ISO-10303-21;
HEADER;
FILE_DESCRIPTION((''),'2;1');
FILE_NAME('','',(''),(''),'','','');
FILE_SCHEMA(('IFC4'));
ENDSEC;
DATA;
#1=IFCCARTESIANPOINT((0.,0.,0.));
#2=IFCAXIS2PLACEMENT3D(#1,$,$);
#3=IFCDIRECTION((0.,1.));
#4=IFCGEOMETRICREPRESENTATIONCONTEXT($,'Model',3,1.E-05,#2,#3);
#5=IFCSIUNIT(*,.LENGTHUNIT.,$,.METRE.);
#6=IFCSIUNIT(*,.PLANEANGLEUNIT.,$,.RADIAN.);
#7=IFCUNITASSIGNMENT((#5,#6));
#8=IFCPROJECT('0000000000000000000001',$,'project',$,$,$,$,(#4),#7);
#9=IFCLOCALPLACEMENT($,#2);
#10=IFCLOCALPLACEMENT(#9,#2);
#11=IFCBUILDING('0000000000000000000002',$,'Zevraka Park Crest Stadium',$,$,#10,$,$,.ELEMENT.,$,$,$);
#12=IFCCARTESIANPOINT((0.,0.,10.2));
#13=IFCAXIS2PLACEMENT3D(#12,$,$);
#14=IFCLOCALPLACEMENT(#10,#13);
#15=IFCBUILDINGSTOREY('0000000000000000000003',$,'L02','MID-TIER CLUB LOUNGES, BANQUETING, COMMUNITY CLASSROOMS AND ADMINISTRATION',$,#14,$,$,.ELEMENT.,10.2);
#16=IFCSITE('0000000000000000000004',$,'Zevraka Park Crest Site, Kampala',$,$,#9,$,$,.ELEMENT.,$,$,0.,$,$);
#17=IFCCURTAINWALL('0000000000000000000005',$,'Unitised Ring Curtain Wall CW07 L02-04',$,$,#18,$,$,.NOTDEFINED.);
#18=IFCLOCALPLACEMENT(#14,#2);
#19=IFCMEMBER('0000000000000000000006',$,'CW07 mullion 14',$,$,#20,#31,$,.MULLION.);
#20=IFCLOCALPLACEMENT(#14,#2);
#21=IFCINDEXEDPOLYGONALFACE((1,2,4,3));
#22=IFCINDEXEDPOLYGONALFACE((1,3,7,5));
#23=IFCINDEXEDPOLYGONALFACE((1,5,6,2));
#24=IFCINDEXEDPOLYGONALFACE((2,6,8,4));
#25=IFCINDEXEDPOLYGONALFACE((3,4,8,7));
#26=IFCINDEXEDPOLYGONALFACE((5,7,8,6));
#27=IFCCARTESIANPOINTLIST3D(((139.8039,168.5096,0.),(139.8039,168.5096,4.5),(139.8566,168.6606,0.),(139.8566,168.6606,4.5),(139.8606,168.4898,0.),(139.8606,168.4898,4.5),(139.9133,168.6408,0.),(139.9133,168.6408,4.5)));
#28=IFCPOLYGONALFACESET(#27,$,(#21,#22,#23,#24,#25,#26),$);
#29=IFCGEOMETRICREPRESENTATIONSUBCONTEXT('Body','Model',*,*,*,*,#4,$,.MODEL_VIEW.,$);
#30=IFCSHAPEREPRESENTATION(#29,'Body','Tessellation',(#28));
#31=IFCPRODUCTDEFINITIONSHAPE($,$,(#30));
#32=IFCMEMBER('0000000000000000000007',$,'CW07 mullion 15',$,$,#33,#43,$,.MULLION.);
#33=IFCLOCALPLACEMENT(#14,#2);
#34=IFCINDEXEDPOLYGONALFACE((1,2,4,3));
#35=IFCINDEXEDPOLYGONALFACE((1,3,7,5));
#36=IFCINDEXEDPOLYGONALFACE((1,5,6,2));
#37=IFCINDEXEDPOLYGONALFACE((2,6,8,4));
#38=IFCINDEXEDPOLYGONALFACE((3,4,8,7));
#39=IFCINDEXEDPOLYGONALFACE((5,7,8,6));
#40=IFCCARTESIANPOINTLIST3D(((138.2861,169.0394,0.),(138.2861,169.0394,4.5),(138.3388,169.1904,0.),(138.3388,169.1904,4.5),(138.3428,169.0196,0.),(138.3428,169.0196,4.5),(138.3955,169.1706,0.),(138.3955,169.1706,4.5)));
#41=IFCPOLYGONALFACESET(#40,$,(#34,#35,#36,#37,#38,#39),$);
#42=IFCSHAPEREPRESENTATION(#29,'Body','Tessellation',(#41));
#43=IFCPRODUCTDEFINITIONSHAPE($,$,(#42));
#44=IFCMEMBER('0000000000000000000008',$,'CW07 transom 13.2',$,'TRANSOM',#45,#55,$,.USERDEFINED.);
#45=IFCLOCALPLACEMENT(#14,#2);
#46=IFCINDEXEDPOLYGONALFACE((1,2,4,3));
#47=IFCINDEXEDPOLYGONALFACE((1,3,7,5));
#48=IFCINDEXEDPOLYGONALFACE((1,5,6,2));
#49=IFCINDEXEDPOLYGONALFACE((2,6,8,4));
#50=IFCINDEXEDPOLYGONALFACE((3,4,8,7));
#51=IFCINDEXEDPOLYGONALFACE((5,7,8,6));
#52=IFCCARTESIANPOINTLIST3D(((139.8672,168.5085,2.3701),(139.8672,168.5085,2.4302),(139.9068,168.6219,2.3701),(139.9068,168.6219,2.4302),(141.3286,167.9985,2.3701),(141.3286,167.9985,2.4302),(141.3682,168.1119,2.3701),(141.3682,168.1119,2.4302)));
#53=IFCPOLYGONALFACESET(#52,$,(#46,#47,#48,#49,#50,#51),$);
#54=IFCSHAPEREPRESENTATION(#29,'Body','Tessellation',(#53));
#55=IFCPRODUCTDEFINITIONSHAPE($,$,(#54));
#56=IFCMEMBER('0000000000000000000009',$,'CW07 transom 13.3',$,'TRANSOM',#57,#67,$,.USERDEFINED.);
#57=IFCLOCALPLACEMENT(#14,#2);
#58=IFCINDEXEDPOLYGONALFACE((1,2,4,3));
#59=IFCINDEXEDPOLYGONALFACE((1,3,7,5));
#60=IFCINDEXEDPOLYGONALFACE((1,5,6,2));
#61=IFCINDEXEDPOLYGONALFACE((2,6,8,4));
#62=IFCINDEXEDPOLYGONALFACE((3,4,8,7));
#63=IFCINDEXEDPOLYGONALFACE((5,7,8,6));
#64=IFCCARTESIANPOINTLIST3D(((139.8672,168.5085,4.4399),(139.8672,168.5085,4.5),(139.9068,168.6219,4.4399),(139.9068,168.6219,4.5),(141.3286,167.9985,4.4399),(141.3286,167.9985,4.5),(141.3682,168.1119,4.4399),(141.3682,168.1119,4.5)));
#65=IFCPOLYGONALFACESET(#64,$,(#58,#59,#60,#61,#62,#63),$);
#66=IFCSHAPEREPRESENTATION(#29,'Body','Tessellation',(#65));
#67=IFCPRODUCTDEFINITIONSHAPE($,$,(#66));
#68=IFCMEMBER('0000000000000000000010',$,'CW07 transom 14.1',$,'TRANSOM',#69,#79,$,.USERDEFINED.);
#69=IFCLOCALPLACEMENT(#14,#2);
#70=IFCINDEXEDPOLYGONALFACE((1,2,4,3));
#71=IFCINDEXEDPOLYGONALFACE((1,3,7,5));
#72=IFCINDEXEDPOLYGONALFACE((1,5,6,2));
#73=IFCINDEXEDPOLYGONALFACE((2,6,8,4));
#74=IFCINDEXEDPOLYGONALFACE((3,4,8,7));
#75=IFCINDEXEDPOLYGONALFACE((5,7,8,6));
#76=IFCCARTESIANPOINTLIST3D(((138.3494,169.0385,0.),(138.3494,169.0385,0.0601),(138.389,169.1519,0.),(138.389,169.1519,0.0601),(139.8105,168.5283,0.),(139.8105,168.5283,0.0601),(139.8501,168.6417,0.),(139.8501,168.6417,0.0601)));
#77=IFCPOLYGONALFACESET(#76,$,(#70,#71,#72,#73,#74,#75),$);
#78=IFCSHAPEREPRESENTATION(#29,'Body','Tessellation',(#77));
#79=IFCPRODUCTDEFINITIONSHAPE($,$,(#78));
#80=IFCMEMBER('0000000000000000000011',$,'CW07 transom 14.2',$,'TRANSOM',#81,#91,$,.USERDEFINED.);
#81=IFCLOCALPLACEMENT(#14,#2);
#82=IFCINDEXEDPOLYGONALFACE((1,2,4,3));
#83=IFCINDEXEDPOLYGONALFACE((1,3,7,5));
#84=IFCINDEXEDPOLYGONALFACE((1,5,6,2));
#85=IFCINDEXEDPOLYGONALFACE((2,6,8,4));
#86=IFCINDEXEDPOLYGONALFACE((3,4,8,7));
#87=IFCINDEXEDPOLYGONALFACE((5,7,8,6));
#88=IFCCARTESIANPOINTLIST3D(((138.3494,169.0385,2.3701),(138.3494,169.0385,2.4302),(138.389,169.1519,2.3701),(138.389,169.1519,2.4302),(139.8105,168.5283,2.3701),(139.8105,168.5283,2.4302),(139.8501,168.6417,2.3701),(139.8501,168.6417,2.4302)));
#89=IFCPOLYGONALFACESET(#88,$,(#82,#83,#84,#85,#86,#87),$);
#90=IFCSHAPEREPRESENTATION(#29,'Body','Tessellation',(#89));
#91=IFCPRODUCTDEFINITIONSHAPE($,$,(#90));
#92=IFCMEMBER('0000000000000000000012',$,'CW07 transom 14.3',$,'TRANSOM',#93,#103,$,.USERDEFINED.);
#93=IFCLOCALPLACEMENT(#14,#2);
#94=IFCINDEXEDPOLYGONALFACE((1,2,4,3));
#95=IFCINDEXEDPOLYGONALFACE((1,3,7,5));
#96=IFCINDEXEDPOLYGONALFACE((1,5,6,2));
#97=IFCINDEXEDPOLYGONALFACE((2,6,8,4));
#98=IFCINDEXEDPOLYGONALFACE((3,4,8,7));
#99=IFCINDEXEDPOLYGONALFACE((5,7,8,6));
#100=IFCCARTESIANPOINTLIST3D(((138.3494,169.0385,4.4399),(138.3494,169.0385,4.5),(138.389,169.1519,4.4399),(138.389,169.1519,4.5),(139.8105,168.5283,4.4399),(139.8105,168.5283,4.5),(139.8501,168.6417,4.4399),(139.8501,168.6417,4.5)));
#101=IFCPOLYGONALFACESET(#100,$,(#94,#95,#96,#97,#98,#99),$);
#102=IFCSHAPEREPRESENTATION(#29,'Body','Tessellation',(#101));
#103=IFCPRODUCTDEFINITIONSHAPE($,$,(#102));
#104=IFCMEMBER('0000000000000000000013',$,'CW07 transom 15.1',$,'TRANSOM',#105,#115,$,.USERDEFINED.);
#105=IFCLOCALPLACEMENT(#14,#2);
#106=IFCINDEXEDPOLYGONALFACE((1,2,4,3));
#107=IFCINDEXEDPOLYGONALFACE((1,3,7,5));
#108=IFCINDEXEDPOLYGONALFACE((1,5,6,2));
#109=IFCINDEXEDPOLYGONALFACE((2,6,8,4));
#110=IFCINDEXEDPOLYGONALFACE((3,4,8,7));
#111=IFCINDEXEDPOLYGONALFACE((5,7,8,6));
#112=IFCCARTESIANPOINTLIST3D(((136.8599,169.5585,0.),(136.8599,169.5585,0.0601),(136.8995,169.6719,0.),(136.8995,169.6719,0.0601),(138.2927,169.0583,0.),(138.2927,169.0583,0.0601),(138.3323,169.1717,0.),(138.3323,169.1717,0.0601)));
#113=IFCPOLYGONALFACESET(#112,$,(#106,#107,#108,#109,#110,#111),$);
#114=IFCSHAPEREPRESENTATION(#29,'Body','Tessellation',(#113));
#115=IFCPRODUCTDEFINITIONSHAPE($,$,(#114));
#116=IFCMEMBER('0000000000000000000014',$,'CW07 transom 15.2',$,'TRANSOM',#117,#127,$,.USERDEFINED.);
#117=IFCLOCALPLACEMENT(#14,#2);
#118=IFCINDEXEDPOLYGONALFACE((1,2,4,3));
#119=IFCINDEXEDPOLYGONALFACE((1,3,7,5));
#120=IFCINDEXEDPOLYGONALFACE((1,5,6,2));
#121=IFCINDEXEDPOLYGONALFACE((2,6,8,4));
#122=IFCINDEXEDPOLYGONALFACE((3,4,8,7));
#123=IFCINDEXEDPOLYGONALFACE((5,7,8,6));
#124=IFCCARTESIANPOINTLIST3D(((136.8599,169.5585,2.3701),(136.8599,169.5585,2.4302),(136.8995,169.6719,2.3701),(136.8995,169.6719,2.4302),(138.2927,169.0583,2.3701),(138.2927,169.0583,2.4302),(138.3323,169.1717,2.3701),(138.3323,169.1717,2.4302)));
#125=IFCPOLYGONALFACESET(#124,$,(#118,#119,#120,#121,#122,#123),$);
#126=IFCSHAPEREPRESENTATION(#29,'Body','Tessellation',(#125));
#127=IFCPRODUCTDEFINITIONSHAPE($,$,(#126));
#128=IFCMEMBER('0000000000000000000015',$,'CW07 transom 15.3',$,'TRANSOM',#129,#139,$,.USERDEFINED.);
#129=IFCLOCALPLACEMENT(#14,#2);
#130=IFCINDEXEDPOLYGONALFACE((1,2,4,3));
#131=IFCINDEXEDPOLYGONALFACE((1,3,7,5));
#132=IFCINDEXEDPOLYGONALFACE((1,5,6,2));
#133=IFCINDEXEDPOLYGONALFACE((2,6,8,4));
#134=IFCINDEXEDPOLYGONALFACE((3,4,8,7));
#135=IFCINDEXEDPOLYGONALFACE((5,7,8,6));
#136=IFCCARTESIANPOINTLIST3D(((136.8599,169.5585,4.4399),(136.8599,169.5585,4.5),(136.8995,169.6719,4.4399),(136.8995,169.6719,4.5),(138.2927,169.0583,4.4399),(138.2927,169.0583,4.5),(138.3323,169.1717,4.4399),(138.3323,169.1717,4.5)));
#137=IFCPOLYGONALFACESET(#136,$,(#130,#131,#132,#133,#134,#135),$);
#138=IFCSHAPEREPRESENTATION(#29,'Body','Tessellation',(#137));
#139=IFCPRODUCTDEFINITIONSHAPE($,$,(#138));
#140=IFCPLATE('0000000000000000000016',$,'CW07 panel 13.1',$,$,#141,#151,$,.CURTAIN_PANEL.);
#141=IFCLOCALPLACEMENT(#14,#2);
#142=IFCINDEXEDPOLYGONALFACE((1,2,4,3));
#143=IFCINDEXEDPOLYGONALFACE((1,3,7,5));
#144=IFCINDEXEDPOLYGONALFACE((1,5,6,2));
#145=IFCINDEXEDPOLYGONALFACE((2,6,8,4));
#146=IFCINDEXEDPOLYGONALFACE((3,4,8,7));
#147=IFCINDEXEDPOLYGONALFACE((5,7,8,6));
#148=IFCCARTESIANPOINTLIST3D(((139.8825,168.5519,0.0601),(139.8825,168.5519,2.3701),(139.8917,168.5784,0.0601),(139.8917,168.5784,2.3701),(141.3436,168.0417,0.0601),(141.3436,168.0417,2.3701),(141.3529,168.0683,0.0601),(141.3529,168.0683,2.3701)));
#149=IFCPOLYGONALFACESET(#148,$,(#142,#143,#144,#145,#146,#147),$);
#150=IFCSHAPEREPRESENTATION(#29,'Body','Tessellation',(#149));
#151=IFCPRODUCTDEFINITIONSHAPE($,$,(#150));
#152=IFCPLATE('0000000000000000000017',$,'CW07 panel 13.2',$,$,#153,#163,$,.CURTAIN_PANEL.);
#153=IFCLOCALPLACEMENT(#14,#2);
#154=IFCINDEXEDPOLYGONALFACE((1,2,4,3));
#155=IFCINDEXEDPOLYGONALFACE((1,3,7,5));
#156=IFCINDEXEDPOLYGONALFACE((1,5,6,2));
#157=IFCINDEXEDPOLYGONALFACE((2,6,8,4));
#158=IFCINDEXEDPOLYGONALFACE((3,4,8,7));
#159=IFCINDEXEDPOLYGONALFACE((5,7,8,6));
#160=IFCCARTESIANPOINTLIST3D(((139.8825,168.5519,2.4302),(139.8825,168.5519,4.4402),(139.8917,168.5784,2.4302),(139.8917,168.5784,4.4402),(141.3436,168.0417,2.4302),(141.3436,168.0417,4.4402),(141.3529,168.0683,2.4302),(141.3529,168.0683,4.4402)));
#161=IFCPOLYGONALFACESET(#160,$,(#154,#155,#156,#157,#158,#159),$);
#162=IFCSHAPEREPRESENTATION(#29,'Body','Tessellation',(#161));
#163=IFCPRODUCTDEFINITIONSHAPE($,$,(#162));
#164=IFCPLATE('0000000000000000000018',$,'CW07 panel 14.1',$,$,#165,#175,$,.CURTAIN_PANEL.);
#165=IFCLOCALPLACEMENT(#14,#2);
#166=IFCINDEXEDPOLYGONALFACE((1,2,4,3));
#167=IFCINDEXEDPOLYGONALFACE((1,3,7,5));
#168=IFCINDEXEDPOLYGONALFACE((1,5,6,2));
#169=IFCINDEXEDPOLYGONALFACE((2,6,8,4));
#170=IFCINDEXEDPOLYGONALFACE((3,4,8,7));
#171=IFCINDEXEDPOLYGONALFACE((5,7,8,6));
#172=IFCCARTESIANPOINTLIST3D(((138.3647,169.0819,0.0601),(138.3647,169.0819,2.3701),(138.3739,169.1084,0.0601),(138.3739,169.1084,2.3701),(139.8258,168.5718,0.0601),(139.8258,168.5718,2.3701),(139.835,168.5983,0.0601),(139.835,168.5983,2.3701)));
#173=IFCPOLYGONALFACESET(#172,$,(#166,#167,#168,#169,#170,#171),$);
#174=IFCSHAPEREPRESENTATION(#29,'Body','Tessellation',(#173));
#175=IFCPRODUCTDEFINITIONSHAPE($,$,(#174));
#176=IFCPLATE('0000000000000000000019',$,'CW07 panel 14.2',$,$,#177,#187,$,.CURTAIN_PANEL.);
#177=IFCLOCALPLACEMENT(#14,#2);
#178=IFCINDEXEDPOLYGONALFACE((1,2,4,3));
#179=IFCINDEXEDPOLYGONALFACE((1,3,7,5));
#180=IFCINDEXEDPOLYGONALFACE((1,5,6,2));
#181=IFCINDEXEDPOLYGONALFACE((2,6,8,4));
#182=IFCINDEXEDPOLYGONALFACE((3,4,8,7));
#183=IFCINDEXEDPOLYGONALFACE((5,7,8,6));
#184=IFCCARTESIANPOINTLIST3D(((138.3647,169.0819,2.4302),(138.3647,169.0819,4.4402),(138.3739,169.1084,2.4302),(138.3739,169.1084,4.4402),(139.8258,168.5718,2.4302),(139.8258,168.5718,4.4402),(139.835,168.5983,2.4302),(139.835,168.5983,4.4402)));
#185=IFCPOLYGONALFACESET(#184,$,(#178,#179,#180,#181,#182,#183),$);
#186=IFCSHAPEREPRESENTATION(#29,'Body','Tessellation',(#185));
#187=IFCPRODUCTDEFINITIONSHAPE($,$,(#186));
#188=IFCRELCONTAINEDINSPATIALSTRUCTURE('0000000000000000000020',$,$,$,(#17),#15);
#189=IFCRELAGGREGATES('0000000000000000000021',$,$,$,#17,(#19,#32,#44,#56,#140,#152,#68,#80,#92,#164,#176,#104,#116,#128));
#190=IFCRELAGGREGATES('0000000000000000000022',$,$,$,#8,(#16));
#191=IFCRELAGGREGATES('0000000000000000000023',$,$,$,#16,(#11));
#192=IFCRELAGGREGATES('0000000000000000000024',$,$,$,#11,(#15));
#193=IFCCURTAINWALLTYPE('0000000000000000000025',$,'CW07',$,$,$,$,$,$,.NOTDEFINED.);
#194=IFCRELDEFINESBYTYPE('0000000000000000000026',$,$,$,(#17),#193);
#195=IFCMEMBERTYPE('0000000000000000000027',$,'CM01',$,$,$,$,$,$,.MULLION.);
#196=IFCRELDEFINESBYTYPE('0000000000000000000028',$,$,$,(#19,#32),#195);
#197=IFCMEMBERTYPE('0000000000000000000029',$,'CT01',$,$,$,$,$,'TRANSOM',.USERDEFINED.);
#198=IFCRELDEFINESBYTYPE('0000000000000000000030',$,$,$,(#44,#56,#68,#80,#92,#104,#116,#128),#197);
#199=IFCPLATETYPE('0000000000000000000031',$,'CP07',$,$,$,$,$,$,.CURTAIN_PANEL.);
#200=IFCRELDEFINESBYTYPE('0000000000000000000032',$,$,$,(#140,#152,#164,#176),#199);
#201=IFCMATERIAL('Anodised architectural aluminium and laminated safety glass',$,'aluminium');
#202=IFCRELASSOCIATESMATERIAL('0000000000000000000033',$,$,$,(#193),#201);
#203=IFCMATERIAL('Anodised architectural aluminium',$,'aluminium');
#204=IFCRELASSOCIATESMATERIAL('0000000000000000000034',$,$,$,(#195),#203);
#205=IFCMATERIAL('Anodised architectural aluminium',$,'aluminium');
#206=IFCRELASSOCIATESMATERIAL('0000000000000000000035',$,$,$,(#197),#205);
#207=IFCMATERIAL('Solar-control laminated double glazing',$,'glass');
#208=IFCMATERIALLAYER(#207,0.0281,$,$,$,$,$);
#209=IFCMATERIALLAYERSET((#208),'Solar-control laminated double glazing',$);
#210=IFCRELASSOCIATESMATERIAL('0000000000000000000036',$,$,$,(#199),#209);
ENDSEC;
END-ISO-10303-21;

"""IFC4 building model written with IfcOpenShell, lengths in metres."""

from ifc_helpers import new_model, si_unit, direction, frame, origin, origin_2d, place, context, subcontext, project, spatial, rectangle, extrude, material, layer, layer_set, material_profile, profile_set, type_object, element, aggregate, save


model = new_model("IFC4")

# Units and contexts
model_context = context("Model", 3, precision=1e-05, world=origin(), true_north=direction((0.0, 1.0)))
body_context = subcontext(model_context, "Body", "Model", "MODEL_VIEW")
ifc_project = project(units=[si_unit("LENGTHUNIT", "METRE"), si_unit("PLANEANGLEUNIT", "RADIAN")], contexts=[model_context])

# Site, building, storey
site_placement = place(None, origin())
site = spatial("IfcSite", under=ifc_project, at=site_placement, Name="Zevraka Park Crest Site, Kampala", CompositionType="ELEMENT", RefElevation=0.0)
building_placement = place(site_placement, origin())
building = spatial("IfcBuilding", under=site, at=building_placement, Name="Zevraka Park Crest Stadium", CompositionType="ELEMENT")
storey_placement = place(building_placement, frame((0.0, 0.0, 10.2)))
storey = spatial("IfcBuildingStorey", under=building, at=storey_placement, Name="L02", Description="MID-TIER CLUB LOUNGES, BANQUETING, COMMUNITY CLASSROOMS AND ADMINISTRATION", CompositionType="ELEMENT", Elevation=10.2)

# Curtain wall, members, plates
ifc_material_1 = material(Name="Anodised architectural aluminium and laminated safety glass", Category="aluminium")
curtain_wall_type = type_object("IfcCurtainWallType", Name="CW07", PredefinedType="NOTDEFINED", material=ifc_material_1)
curtain_wall_placement = place(storey_placement, origin())
curtain_wall = element("IfcCurtainWall", 1, at=curtain_wall_placement, inside=storey, type_object=curtain_wall_type, Name="Unitised Ring Curtain Wall CW07 L02-04", PredefinedType="NOTDEFINED")
ifc_material_2 = material(Name="Anodised architectural aluminium", Category="aluminium")
ifc_material_profile_1 = material_profile(ifc_material_2, rectangle(XDim=0.1599, YDim=0.0601, at=origin_2d()), Name="ALU MULLION 160x60")
ifc_profile_set_1 = profile_set([ifc_material_profile_1], Name="Anodised architectural aluminium")
member_type_1 = type_object("IfcMemberType", Name="CM01", PredefinedType="MULLION", material=ifc_profile_set_1)
member_1_placement = place(storey_placement, frame((139.8586, 168.5752, 0.0), z_axis=(0.0, 0.0, 1.0), x_axis=(-0.329619, -0.944114, 0.0)))
member_1 = element("IfcMember", 2, at=member_1_placement, type_object=member_type_1, Name="CW07 mullion 14", PredefinedType="MULLION", context=body_context, shape_type="SweptSolid", body=[
    extrude(rectangle(XDim=0.1599, YDim=0.0601, at=origin_2d()), origin(), (0.0, 0.0, 1.0), 4.5),
])
member_2_placement = place(storey_placement, frame((138.3408, 169.105, 0.0), z_axis=(0.0, 0.0, 1.0), x_axis=(-0.329619, -0.944114, 0.0)))
member_2 = element("IfcMember", 3, at=member_2_placement, type_object=member_type_1, Name="CW07 mullion 15", PredefinedType="MULLION", context=body_context, shape_type="SweptSolid", body=[
    extrude(rectangle(XDim=0.1599, YDim=0.0601, at=origin_2d()), origin(), (0.0, 0.0, 1.0), 4.5),
])
ifc_material_3 = material(Name="Anodised architectural aluminium", Category="aluminium")
ifc_material_profile_2 = material_profile(ifc_material_3, rectangle(XDim=0.1201, YDim=0.0601, at=origin_2d()), Name="ALU TRANSOM 120x60")
ifc_profile_set_2 = profile_set([ifc_material_profile_2], Name="Anodised architectural aluminium")
member_type_2 = type_object("IfcMemberType", Name="CT01", ElementType="TRANSOM", PredefinedType="USERDEFINED", material=ifc_profile_set_2)
member_3_placement = place(storey_placement, frame((141.3484, 168.0552, 2.4001), z_axis=(-0.944158, 0.329493, 0.0), x_axis=(-0.329493, -0.944158, 0.0)))
member_3 = element("IfcMember", 4, at=member_3_placement, type_object=member_type_2, Name="CW07 transom 13.2", ObjectType="TRANSOM", PredefinedType="USERDEFINED", context=body_context, shape_type="SweptSolid", body=[
    extrude(rectangle(XDim=0.1201, YDim=0.0601, at=origin_2d()), origin(), (0.0, 0.0, 1.0), 1.5479),
])
member_4_placement = place(storey_placement, frame((141.3484, 168.0552, 4.47), z_axis=(-0.944158, 0.329493, 0.0), x_axis=(-0.329493, -0.944158, 0.0)))
member_4 = element("IfcMember", 5, at=member_4_placement, type_object=member_type_2, Name="CW07 transom 13.3", ObjectType="TRANSOM", PredefinedType="USERDEFINED", context=body_context, shape_type="SweptSolid", body=[
    extrude(rectangle(XDim=0.1201, YDim=0.0601, at=origin_2d()), origin(), (0.0, 0.0, 1.0), 1.5479),
])
member_5_placement = place(storey_placement, frame((139.8303, 168.585, 0.03), z_axis=(-0.944092, 0.329683, 0.0), x_axis=(-0.329683, -0.944092, 0.0)))
member_5 = element("IfcMember", 6, at=member_5_placement, type_object=member_type_2, Name="CW07 transom 14.1", ObjectType="TRANSOM", PredefinedType="USERDEFINED", context=body_context, shape_type="SweptSolid", body=[
    extrude(rectangle(XDim=0.1201, YDim=0.0601, at=origin_2d()), origin(), (0.0, 0.0, 1.0), 1.5476),
])
member_6_placement = place(storey_placement, frame((139.8303, 168.585, 2.4001), z_axis=(-0.944092, 0.329683, 0.0), x_axis=(-0.329683, -0.944092, 0.0)))
member_6 = element("IfcMember", 7, at=member_6_placement, type_object=member_type_2, Name="CW07 transom 14.2", ObjectType="TRANSOM", PredefinedType="USERDEFINED", context=body_context, shape_type="SweptSolid", body=[
    extrude(rectangle(XDim=0.1201, YDim=0.0601, at=origin_2d()), origin(), (0.0, 0.0, 1.0), 1.5476),
])
member_7_placement = place(storey_placement, frame((139.8303, 168.585, 4.47), z_axis=(-0.944092, 0.329683, 0.0), x_axis=(-0.329683, -0.944092, 0.0)))
member_7 = element("IfcMember", 8, at=member_7_placement, type_object=member_type_2, Name="CW07 transom 14.3", ObjectType="TRANSOM", PredefinedType="USERDEFINED", context=body_context, shape_type="SweptSolid", body=[
    extrude(rectangle(XDim=0.1201, YDim=0.0601, at=origin_2d()), origin(), (0.0, 0.0, 1.0), 1.5476),
])
member_8_placement = place(storey_placement, frame((138.3125, 169.115, 0.03), z_axis=(-0.944116, 0.329612, 0.0), x_axis=(-0.329612, -0.944116, 0.0)))
member_8 = element("IfcMember", 9, at=member_8_placement, type_object=member_type_2, Name="CW07 transom 15.1", ObjectType="TRANSOM", PredefinedType="USERDEFINED", context=body_context, shape_type="SweptSolid", body=[
    extrude(rectangle(XDim=0.1201, YDim=0.0601, at=origin_2d()), origin(), (0.0, 0.0, 1.0), 1.5176),
])
member_9_placement = place(storey_placement, frame((138.3125, 169.115, 2.4001), z_axis=(-0.944116, 0.329612, 0.0), x_axis=(-0.329612, -0.944116, 0.0)))
member_9 = element("IfcMember", 10, at=member_9_placement, type_object=member_type_2, Name="CW07 transom 15.2", ObjectType="TRANSOM", PredefinedType="USERDEFINED", context=body_context, shape_type="SweptSolid", body=[
    extrude(rectangle(XDim=0.1201, YDim=0.0601, at=origin_2d()), origin(), (0.0, 0.0, 1.0), 1.5176),
])
member_10_placement = place(storey_placement, frame((138.3125, 169.115, 4.47), z_axis=(-0.944116, 0.329612, 0.0), x_axis=(-0.329612, -0.944116, 0.0)))
member_10 = element("IfcMember", 11, at=member_10_placement, type_object=member_type_2, Name="CW07 transom 15.3", ObjectType="TRANSOM", PredefinedType="USERDEFINED", context=body_context, shape_type="SweptSolid", body=[
    extrude(rectangle(XDim=0.1201, YDim=0.0601, at=origin_2d()), origin(), (0.0, 0.0, 1.0), 1.5176),
])
ifc_material_4 = material(Name="Solar-control laminated double glazing", Category="glass")
ifc_layer_1 = layer(ifc_material_4, 0.0281)
ifc_layer_set_1 = layer_set([ifc_layer_1], Name="Solar-control laminated double glazing")
plate_type = type_object("IfcPlateType", Name="CP07", PredefinedType="CURTAIN_PANEL", material=ifc_layer_set_1)
plate_1_placement = place(storey_placement, frame((140.6177, 168.3101, 0.0601), z_axis=(0.0, 0.0, 1.0), x_axis=(-0.944114, 0.329619, 0.0)))
plate_1 = element("IfcPlate", 12, at=plate_1_placement, type_object=plate_type, Name="CW07 panel 13.1", PredefinedType="CURTAIN_PANEL", context=body_context, shape_type="SweptSolid", body=[
    extrude(rectangle(XDim=1.5476, YDim=0.0281, at=origin_2d()), origin(), (0.0, 0.0, 1.0), 2.3101),
])
plate_2_placement = place(storey_placement, frame((140.6177, 168.3101, 2.4302), z_axis=(0.0, 0.0, 1.0), x_axis=(-0.944114, 0.329619, 0.0)))
plate_2 = element("IfcPlate", 13, at=plate_2_placement, type_object=plate_type, Name="CW07 panel 13.2", PredefinedType="CURTAIN_PANEL", context=body_context, shape_type="SweptSolid", body=[
    extrude(rectangle(XDim=1.5476, YDim=0.0281, at=origin_2d()), origin(), (0.0, 0.0, 1.0), 2.01),
])
plate_3_placement = place(storey_placement, frame((139.0999, 168.8401, 0.0601), z_axis=(0.0, 0.0, 1.0), x_axis=(-0.944114, 0.329619, 0.0)))
plate_3 = element("IfcPlate", 14, at=plate_3_placement, type_object=plate_type, Name="CW07 panel 14.1", PredefinedType="CURTAIN_PANEL", context=body_context, shape_type="SweptSolid", body=[
    extrude(rectangle(XDim=1.5476, YDim=0.0281, at=origin_2d()), origin(), (0.0, 0.0, 1.0), 2.3101),
])
plate_4_placement = place(storey_placement, frame((139.0999, 168.8401, 2.4302), z_axis=(0.0, 0.0, 1.0), x_axis=(-0.944114, 0.329619, 0.0)))
plate_4 = element("IfcPlate", 15, at=plate_4_placement, type_object=plate_type, Name="CW07 panel 14.2", PredefinedType="CURTAIN_PANEL", context=body_context, shape_type="SweptSolid", body=[
    extrude(rectangle(XDim=1.5476, YDim=0.0281, at=origin_2d()), origin(), (0.0, 0.0, 1.0), 2.01),
])
aggregate(curtain_wall, [member_1, member_2, member_3, member_4, plate_1, plate_2, member_5, member_6, member_7, plate_3, plate_4, member_8, member_9, member_10])

save(model, "model.ifc")
